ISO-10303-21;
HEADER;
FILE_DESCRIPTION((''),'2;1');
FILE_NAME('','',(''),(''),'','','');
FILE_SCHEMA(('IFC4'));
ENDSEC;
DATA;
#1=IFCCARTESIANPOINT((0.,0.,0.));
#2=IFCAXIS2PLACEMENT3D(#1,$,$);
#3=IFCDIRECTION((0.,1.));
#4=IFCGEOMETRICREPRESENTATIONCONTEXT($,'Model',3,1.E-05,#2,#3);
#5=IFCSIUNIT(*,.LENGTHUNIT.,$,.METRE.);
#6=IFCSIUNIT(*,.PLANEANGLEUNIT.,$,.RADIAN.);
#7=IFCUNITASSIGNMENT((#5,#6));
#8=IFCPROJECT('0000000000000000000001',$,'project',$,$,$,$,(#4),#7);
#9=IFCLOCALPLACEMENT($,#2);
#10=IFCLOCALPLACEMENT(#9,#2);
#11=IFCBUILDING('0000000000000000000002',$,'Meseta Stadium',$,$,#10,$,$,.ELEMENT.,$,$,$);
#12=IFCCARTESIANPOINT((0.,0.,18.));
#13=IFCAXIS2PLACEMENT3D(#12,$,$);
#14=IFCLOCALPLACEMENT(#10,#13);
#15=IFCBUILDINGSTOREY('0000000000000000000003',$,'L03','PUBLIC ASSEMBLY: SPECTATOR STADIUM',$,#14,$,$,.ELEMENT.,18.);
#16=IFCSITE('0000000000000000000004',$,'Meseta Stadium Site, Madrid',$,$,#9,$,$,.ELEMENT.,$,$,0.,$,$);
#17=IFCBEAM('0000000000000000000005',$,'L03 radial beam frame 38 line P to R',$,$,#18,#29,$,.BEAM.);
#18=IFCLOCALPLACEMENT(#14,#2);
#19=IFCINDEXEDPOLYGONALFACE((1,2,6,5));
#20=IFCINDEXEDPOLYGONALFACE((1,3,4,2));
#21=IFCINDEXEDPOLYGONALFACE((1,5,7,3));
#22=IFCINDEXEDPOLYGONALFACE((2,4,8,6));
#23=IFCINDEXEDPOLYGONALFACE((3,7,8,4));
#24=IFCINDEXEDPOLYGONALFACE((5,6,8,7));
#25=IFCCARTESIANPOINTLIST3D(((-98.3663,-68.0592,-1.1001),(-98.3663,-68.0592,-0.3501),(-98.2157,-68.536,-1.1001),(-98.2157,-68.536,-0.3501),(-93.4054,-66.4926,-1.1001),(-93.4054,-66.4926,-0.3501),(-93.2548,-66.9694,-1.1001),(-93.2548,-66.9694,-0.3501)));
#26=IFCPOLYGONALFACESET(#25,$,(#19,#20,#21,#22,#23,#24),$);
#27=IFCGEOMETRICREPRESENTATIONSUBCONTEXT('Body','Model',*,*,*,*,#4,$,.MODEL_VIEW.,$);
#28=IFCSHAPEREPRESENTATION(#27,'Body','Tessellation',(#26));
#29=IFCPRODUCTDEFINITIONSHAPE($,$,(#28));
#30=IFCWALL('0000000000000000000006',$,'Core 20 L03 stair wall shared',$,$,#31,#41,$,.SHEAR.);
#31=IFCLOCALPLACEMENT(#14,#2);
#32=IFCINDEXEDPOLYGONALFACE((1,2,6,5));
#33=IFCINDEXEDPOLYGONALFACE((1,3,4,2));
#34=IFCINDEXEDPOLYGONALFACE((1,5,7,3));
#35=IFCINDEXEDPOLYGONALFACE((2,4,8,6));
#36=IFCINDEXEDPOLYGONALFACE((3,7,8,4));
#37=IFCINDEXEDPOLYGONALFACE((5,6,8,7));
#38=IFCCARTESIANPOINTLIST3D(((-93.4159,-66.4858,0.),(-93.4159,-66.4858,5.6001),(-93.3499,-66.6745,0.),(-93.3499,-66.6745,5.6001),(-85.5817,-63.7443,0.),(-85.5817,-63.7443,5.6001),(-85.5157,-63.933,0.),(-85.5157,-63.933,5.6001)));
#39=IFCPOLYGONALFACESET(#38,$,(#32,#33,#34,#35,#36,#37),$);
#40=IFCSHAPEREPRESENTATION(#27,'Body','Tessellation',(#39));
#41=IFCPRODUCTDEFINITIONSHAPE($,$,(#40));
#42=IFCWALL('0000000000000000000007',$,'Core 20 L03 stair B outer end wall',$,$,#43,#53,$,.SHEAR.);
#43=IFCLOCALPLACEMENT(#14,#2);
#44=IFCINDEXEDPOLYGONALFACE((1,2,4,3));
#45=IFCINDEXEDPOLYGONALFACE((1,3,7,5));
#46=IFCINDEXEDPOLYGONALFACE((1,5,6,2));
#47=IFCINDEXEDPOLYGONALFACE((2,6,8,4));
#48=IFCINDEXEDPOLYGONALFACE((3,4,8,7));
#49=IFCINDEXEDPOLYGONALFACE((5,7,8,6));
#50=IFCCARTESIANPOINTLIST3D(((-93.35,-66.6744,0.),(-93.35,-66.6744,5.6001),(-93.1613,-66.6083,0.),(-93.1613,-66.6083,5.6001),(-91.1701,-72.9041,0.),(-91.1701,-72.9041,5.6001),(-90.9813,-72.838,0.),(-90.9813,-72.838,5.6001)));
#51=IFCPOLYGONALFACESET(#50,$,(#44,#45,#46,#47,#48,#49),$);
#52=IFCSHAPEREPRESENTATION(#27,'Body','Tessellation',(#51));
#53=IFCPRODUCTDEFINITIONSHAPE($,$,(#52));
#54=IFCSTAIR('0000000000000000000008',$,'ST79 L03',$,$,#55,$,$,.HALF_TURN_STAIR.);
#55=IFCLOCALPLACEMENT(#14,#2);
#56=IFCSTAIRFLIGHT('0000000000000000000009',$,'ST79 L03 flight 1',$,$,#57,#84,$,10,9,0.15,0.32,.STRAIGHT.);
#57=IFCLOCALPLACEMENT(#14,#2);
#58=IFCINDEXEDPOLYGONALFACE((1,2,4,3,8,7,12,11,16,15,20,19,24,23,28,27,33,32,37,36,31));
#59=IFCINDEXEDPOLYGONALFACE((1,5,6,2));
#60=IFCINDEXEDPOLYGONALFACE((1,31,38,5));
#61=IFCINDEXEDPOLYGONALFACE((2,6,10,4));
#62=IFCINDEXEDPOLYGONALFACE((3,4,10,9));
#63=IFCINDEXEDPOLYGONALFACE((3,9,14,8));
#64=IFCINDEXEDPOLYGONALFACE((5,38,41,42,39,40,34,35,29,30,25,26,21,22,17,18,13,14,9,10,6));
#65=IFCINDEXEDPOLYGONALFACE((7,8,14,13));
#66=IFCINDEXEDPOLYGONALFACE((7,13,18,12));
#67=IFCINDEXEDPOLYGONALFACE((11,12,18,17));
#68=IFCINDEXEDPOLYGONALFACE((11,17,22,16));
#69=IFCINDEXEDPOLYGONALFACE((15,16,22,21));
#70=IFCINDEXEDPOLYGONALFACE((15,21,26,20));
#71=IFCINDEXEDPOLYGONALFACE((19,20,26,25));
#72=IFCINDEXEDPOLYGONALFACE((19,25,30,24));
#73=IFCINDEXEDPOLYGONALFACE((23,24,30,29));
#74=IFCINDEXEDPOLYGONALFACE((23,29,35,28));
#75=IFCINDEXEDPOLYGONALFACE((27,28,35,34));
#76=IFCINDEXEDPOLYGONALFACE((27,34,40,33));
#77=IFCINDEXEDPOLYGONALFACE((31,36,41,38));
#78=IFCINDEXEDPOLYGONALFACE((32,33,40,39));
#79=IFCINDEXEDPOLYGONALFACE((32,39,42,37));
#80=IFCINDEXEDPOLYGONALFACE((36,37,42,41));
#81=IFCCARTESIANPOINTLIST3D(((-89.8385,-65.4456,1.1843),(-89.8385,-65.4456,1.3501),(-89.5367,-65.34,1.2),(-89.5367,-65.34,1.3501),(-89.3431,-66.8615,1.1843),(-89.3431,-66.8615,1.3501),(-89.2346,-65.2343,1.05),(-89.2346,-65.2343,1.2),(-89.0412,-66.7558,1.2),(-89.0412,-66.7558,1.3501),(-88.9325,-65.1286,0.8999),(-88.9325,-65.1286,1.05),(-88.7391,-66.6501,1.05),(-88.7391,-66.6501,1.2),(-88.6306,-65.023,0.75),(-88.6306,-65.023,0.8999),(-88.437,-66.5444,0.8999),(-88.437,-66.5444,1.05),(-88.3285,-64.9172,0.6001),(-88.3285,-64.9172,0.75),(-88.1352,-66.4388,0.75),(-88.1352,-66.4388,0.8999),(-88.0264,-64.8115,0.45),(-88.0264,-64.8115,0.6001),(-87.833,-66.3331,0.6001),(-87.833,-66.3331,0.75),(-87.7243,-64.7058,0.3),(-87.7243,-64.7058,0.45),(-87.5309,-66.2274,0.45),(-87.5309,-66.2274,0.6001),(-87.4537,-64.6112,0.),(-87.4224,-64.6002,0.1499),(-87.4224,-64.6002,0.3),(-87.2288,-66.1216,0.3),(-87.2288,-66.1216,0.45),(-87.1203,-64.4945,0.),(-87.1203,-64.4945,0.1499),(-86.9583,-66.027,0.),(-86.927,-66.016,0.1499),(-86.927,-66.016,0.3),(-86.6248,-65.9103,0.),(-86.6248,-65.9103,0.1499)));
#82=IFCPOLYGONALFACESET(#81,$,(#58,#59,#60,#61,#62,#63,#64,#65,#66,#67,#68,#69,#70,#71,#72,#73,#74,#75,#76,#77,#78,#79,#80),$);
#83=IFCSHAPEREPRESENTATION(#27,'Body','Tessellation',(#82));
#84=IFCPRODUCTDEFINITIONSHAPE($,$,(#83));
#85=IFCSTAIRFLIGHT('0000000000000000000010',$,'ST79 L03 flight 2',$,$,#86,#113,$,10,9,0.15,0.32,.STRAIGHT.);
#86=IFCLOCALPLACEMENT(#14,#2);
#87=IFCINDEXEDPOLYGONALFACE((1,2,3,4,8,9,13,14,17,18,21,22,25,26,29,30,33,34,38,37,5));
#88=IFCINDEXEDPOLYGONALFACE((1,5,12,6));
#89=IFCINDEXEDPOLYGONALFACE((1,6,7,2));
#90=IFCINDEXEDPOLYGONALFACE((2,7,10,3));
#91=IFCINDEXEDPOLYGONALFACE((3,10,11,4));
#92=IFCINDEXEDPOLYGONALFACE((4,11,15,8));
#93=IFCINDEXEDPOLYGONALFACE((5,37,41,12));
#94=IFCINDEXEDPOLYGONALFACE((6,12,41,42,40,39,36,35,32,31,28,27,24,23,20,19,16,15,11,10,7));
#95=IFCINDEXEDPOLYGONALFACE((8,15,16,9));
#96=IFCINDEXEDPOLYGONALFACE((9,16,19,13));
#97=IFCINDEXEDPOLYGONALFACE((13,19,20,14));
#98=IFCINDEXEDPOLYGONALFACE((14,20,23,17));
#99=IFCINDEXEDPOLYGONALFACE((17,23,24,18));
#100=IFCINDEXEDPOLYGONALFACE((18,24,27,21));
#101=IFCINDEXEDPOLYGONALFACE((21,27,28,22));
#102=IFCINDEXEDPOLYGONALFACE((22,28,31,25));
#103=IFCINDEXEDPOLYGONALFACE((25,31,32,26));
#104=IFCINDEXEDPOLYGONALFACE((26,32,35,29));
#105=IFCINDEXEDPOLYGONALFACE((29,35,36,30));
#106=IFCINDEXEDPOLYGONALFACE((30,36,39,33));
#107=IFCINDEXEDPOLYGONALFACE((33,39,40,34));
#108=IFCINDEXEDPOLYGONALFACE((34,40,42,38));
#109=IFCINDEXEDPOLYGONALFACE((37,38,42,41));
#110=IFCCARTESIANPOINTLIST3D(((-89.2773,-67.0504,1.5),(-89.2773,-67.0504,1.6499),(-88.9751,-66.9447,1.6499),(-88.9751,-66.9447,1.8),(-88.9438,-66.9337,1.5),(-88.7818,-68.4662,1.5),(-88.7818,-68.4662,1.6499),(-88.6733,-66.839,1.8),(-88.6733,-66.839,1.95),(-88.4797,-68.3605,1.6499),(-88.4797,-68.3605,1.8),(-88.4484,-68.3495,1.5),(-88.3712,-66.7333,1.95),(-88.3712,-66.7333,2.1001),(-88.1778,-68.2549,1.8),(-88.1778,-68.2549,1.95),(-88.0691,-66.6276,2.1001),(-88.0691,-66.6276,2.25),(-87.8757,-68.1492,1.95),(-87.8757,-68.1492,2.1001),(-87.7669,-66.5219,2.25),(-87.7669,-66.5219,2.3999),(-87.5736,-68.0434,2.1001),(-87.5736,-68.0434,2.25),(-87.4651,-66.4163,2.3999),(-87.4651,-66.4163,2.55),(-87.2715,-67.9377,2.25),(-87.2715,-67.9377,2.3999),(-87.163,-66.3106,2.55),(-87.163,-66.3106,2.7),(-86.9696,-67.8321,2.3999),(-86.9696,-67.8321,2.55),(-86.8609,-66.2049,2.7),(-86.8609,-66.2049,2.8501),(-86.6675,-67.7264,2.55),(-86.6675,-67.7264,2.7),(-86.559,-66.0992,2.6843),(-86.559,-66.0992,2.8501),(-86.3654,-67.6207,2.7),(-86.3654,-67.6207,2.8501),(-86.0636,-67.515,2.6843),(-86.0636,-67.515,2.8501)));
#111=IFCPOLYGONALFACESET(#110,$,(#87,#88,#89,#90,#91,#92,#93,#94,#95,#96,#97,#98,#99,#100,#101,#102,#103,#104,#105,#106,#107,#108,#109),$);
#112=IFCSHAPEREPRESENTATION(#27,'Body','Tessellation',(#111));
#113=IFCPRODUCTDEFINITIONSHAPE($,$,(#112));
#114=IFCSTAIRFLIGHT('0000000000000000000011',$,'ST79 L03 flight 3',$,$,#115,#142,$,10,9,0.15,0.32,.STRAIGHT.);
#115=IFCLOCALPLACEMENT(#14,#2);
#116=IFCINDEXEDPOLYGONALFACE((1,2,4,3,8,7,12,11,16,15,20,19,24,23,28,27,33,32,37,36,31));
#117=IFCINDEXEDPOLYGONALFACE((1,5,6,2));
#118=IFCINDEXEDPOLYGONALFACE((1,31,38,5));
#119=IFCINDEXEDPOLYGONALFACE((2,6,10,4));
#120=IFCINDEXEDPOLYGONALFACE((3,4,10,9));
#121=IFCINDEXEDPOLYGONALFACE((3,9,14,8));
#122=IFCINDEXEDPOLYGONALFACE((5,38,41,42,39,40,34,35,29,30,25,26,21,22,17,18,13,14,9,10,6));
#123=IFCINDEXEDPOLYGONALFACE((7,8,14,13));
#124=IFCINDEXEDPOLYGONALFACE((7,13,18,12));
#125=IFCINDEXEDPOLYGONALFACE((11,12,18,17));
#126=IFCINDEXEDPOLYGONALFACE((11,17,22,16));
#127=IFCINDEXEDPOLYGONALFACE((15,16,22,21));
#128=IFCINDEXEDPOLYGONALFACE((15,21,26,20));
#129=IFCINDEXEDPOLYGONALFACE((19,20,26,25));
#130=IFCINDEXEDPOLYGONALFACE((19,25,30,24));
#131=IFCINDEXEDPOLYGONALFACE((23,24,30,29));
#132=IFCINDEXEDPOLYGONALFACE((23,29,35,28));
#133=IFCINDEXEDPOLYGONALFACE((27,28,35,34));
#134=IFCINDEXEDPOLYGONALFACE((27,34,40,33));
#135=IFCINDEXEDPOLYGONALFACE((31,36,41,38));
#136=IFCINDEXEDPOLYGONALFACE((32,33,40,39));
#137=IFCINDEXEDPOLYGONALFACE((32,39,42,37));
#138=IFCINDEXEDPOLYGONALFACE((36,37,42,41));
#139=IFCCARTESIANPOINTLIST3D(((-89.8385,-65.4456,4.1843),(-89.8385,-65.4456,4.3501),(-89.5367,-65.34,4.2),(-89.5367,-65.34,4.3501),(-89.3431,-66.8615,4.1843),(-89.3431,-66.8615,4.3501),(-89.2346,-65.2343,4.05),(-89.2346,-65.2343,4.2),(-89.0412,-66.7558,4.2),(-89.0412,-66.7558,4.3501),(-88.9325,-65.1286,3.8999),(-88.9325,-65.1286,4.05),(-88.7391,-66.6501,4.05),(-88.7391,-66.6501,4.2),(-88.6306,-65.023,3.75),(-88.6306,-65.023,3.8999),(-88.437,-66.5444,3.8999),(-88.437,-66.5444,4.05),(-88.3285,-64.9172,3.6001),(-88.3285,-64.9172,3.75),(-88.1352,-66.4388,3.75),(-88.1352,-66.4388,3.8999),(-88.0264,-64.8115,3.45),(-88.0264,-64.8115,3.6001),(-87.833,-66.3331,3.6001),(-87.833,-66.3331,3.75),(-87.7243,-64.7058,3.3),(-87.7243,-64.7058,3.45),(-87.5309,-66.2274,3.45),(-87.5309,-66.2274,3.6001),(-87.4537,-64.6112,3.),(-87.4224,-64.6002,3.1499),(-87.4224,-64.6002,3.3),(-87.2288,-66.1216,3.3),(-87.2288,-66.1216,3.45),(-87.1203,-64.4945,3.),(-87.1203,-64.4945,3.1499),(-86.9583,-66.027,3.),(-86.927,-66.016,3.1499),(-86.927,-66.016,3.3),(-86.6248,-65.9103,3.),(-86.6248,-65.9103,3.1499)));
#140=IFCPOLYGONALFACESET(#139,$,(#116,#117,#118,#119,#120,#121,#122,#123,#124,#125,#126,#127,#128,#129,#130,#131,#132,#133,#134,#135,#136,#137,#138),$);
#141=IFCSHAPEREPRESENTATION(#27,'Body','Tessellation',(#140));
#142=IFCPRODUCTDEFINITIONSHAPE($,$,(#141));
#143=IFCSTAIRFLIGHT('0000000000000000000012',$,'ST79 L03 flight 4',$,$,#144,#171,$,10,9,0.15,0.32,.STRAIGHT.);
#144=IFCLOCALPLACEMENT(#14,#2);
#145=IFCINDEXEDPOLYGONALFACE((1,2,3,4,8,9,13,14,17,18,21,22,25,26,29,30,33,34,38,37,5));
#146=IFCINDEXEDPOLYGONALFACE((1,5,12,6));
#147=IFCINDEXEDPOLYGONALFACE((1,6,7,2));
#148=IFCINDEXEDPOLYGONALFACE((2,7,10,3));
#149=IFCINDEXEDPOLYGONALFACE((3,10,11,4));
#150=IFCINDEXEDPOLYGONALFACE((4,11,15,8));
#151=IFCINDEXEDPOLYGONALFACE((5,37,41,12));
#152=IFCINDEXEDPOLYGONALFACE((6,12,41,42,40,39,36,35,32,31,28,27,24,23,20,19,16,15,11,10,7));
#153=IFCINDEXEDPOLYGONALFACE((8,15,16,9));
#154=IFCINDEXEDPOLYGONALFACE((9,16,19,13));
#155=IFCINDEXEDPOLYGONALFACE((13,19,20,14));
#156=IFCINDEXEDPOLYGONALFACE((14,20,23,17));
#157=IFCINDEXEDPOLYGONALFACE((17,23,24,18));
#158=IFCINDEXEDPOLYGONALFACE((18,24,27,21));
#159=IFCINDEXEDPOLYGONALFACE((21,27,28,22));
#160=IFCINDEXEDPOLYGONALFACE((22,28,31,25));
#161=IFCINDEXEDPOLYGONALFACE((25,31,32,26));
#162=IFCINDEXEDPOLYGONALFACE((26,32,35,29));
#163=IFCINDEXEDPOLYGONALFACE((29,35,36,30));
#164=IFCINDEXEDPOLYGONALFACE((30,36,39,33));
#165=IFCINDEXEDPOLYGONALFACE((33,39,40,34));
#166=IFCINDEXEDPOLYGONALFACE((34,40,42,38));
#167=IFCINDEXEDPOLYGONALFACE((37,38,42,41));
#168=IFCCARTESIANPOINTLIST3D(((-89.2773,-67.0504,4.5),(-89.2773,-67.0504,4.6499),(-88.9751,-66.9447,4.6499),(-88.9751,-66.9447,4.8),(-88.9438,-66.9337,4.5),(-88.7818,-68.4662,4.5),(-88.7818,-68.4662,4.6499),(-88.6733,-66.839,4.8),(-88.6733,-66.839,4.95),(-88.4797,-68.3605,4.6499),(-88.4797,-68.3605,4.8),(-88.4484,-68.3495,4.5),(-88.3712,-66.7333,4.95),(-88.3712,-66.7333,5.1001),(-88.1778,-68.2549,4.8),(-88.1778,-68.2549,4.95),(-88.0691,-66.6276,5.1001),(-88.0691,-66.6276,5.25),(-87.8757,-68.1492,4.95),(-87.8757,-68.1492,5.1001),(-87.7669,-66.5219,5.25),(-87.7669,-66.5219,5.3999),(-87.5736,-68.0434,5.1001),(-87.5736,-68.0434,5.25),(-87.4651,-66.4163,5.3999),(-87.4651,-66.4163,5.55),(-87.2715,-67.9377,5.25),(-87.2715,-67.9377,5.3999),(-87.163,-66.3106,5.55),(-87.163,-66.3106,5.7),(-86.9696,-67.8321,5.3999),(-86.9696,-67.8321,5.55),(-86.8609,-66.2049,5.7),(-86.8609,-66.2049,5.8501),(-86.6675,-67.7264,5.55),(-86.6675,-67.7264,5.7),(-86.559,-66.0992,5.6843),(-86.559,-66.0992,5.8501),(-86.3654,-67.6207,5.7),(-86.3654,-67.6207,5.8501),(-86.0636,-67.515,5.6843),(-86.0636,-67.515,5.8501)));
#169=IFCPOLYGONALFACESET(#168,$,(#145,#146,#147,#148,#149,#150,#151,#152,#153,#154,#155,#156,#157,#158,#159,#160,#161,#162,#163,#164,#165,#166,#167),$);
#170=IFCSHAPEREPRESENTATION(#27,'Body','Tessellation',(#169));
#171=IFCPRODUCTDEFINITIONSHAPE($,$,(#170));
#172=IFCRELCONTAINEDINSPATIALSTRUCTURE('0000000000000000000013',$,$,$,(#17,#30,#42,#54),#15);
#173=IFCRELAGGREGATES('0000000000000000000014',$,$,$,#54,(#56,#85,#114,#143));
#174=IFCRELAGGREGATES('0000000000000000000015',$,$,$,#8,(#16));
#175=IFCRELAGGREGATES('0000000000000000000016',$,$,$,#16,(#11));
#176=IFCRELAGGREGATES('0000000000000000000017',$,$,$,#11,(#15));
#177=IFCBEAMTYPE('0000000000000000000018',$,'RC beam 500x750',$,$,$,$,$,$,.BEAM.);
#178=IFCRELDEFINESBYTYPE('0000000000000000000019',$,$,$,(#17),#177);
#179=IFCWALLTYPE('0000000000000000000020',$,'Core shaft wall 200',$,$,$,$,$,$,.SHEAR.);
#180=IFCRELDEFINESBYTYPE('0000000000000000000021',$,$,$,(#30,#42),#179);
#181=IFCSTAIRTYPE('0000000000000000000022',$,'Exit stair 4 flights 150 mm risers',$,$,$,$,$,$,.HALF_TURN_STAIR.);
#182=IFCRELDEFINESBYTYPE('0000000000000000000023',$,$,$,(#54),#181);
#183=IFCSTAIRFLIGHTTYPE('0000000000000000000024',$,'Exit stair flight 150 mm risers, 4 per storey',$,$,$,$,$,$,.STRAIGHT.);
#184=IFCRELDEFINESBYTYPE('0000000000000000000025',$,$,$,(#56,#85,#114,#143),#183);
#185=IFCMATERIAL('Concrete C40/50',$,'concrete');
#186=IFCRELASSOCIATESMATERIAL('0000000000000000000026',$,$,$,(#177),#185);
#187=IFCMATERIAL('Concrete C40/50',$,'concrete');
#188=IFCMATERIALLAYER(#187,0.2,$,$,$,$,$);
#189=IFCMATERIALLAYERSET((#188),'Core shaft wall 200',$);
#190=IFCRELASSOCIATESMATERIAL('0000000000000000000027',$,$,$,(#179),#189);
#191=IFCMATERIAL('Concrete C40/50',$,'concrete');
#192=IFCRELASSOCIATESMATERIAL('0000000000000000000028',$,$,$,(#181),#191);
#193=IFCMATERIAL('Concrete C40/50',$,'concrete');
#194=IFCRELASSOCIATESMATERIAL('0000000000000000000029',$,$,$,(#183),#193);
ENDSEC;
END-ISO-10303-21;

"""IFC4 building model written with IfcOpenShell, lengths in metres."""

from ifc_helpers import new_model, si_unit, direction, frame, frame_2d, origin, origin_2d, place, context, subcontext, project, spatial, polyline, rectangle, outline, extrude, material, layer, layer_set, material_profile, profile_set, type_object, element, aggregate, save


model = new_model("IFC4")

# Units and contexts
model_context = context("Model", 3, precision=1e-05, world=origin(), true_north=direction((0.0, 1.0)))
body_context = subcontext(model_context, "Body", "Model", "MODEL_VIEW")
ifc_project = project(units=[si_unit("LENGTHUNIT", "METRE"), si_unit("PLANEANGLEUNIT", "RADIAN")], contexts=[model_context])

# Site, building, storey
site_placement = place(None, origin())
site = spatial("IfcSite", under=ifc_project, at=site_placement, Name="Meseta Stadium Site, Madrid", CompositionType="ELEMENT", RefElevation=0.0)
building_placement = place(site_placement, origin())
building = spatial("IfcBuilding", under=site, at=building_placement, Name="Meseta Stadium", CompositionType="ELEMENT")
storey_placement = place(building_placement, frame((0.0, 0.0, 18.0)))
storey = spatial("IfcBuildingStorey", under=building, at=storey_placement, Name="L03", Description="PUBLIC ASSEMBLY: SPECTATOR STADIUM", CompositionType="ELEMENT", Elevation=18.0)

# Beam
ifc_material_1 = material(Name="Concrete C40/50", Category="concrete")
ifc_material_profile = material_profile(ifc_material_1, rectangle(XDim=0.5, YDim=0.75, at=origin_2d()), Name="RC 500x750")
ifc_profile_set = profile_set([ifc_material_profile], Name="Concrete C40/50")
beam_type = type_object("IfcBeamType", Name="RC beam 500x750", PredefinedType="BEAM", material=ifc_profile_set)
beam_placement = place(storey_placement, frame((-93.3301, -66.731, -0.7251), z_axis=(-0.953581, -0.301138, 0.0), x_axis=(0.301138, -0.953581, 0.0)))
element("IfcBeam", 1, at=beam_placement, inside=storey, type_object=beam_type, Name="L03 radial beam frame 38 line P to R", PredefinedType="BEAM", context=body_context, shape_type="SweptSolid", body=[
    extrude(rectangle(XDim=0.5, YDim=0.75, at=origin_2d()), origin(), (0.0, 0.0, 1.0), 5.2024),
])

# Walls
ifc_material_2 = material(Name="Concrete C40/50", Category="concrete")
ifc_layer = layer(ifc_material_2, 0.2)
ifc_layer_set = layer_set([ifc_layer], Name="Core shaft wall 200")
wall_type = type_object("IfcWallType", Name="Core shaft wall 200", PredefinedType="SHEAR", material=ifc_layer_set)
wall_1_placement = place(storey_placement, frame((-93.3828, -66.5801, 0.0), z_axis=(0.0, 0.0, 1.0), x_axis=(0.943878, 0.330294, 0.0)))
element("IfcWall", 2, at=wall_1_placement, inside=storey, type_object=wall_type, Name="Core 20 L03 stair wall shared", PredefinedType="SHEAR", context=body_context, shape_type="SweptSolid", body=[
    extrude(rectangle(XDim=8.3, YDim=0.2, at=frame_2d((4.1499, 0.0))), origin(), (0.0, 0.0, 1.0), 5.6001),
])
wall_2_placement = place(storey_placement, frame((-93.2556, -66.6414, 0.0), z_axis=(0.0, 0.0, 1.0), x_axis=(0.330286, -0.943881, 0.0)))
element("IfcWall", 3, at=wall_2_placement, inside=storey, type_object=wall_type, Name="Core 20 L03 stair B outer end wall", PredefinedType="SHEAR", context=body_context, shape_type="SweptSolid", body=[
    extrude(rectangle(XDim=6.6001, YDim=0.2, at=frame_2d((3.3, 0.0))), origin(), (0.0, 0.0, 1.0), 5.6001),
])

# Stair, stair flights
ifc_material_3 = material(Name="Concrete C40/50", Category="concrete")
stair_type = type_object("IfcStairType", Name="Exit stair 4 flights 150 mm risers", PredefinedType="HALF_TURN_STAIR", material=ifc_material_3)
stair_1_placement = place(storey_placement, origin())
stair_1 = element("IfcStair", 4, at=stair_1_placement, inside=storey, type_object=stair_type, Name="ST79 L03", PredefinedType="HALF_TURN_STAIR")
ifc_material_4 = material(Name="Concrete C40/50", Category="concrete")
stair_flight_type = type_object("IfcStairFlightType", Name="Exit stair flight 150 mm risers, 4 per storey", PredefinedType="STRAIGHT", material=ifc_material_4)
stair_flight_1_placement = place(storey_placement, frame((-86.8726, -65.2024, 0.0), z_axis=(0.0, 0.0, 1.0), x_axis=(-0.943883, -0.330279, 0.0)))
stair_flight_1 = element("IfcStairFlight", 5, at=stair_flight_1_placement, type_object=stair_flight_type, Name="ST79 L03 flight 1", NumberOfRisers=10, NumberOfTreads=9, PredefinedType="STRAIGHT", RiserHeight=0.15, TreadLength=0.32, context=body_context, shape_type="SweptSolid", body=[
    extrude(outline(polyline([(0.0, 0.0), (0.0, 0.1499), (0.3201, 0.1499), (0.3201, 0.3), (0.6399, 0.3), (0.6399, 0.45), (0.96, 0.45), (0.96, 0.6001), (1.28, 0.6001), (1.28, 0.75), (1.6001, 0.75), (1.6001, 0.8999), (1.9199, 0.8999), (1.9199, 1.05), (2.24, 1.05), (2.24, 1.2), (2.5601, 1.2), (2.5601, 1.3501), (2.8799, 1.3501), (2.8799, 1.1843), (0.3533, 0.0), (0.0, 0.0)])), frame((0.0, 0.75, 0.0), z_axis=(0.0, -1.0, 0.0), x_axis=(1.0, 0.0, 0.0)), (0.0, 0.0, 1.0), 1.5),
])
stair_flight_2_placement = place(storey_placement, frame((-89.0295, -67.7583, 1.5), z_axis=(0.0, 0.0, 1.0), x_axis=(0.943883, 0.330279, 0.0)))
stair_flight_2 = element("IfcStairFlight", 6, at=stair_flight_2_placement, type_object=stair_flight_type, Name="ST79 L03 flight 2", NumberOfRisers=10, NumberOfTreads=9, PredefinedType="STRAIGHT", RiserHeight=0.15, TreadLength=0.32, context=body_context, shape_type="SweptSolid", body=[
    extrude(outline(polyline([(0.0, 0.0), (0.0, 0.1499), (0.3201, 0.1499), (0.3201, 0.3), (0.6399, 0.3), (0.6399, 0.45), (0.96, 0.45), (0.96, 0.6001), (1.28, 0.6001), (1.28, 0.75), (1.6001, 0.75), (1.6001, 0.8999), (1.9199, 0.8999), (1.9199, 1.05), (2.24, 1.05), (2.24, 1.2), (2.5601, 1.2), (2.5601, 1.3501), (2.8799, 1.3501), (2.8799, 1.1843), (0.3533, 0.0), (0.0, 0.0)])), frame((0.0, 0.75, 0.0), z_axis=(0.0, -1.0, 0.0), x_axis=(1.0, 0.0, 0.0)), (0.0, 0.0, 1.0), 1.5),
])
stair_flight_3_placement = place(storey_placement, frame((-86.8726, -65.2024, 3.0), z_axis=(0.0, 0.0, 1.0), x_axis=(-0.943883, -0.330279, 0.0)))
stair_flight_3 = element("IfcStairFlight", 7, at=stair_flight_3_placement, type_object=stair_flight_type, Name="ST79 L03 flight 3", NumberOfRisers=10, NumberOfTreads=9, PredefinedType="STRAIGHT", RiserHeight=0.15, TreadLength=0.32, context=body_context, shape_type="SweptSolid", body=[
    extrude(outline(polyline([(0.0, 0.0), (0.0, 0.1499), (0.3201, 0.1499), (0.3201, 0.3), (0.6399, 0.3), (0.6399, 0.45), (0.96, 0.45), (0.96, 0.6001), (1.28, 0.6001), (1.28, 0.75), (1.6001, 0.75), (1.6001, 0.8999), (1.9199, 0.8999), (1.9199, 1.05), (2.24, 1.05), (2.24, 1.2), (2.5601, 1.2), (2.5601, 1.3501), (2.8799, 1.3501), (2.8799, 1.1843), (0.3533, 0.0), (0.0, 0.0)])), frame((0.0, 0.75, 0.0), z_axis=(0.0, -1.0, 0.0), x_axis=(1.0, 0.0, 0.0)), (0.0, 0.0, 1.0), 1.5),
])
stair_flight_4_placement = place(storey_placement, frame((-89.0295, -67.7583, 4.5), z_axis=(0.0, 0.0, 1.0), x_axis=(0.943883, 0.330279, 0.0)))
stair_flight_4 = element("IfcStairFlight", 8, at=stair_flight_4_placement, type_object=stair_flight_type, Name="ST79 L03 flight 4", NumberOfRisers=10, NumberOfTreads=9, PredefinedType="STRAIGHT", RiserHeight=0.15, TreadLength=0.32, context=body_context, shape_type="SweptSolid", body=[
    extrude(outline(polyline([(0.0, 0.0), (0.0, 0.1499), (0.3201, 0.1499), (0.3201, 0.3), (0.6399, 0.3), (0.6399, 0.45), (0.96, 0.45), (0.96, 0.6001), (1.28, 0.6001), (1.28, 0.75), (1.6001, 0.75), (1.6001, 0.8999), (1.9199, 0.8999), (1.9199, 1.05), (2.24, 1.05), (2.24, 1.2), (2.5601, 1.2), (2.5601, 1.3501), (2.8799, 1.3501), (2.8799, 1.1843), (0.3533, 0.0), (0.0, 0.0)])), frame((0.0, 0.75, 0.0), z_axis=(0.0, -1.0, 0.0), x_axis=(1.0, 0.0, 0.0)), (0.0, 0.0, 1.0), 1.5),
])
aggregate(stair_1, [stair_flight_1, stair_flight_2, stair_flight_3, stair_flight_4])

save(model, "model.ifc")
